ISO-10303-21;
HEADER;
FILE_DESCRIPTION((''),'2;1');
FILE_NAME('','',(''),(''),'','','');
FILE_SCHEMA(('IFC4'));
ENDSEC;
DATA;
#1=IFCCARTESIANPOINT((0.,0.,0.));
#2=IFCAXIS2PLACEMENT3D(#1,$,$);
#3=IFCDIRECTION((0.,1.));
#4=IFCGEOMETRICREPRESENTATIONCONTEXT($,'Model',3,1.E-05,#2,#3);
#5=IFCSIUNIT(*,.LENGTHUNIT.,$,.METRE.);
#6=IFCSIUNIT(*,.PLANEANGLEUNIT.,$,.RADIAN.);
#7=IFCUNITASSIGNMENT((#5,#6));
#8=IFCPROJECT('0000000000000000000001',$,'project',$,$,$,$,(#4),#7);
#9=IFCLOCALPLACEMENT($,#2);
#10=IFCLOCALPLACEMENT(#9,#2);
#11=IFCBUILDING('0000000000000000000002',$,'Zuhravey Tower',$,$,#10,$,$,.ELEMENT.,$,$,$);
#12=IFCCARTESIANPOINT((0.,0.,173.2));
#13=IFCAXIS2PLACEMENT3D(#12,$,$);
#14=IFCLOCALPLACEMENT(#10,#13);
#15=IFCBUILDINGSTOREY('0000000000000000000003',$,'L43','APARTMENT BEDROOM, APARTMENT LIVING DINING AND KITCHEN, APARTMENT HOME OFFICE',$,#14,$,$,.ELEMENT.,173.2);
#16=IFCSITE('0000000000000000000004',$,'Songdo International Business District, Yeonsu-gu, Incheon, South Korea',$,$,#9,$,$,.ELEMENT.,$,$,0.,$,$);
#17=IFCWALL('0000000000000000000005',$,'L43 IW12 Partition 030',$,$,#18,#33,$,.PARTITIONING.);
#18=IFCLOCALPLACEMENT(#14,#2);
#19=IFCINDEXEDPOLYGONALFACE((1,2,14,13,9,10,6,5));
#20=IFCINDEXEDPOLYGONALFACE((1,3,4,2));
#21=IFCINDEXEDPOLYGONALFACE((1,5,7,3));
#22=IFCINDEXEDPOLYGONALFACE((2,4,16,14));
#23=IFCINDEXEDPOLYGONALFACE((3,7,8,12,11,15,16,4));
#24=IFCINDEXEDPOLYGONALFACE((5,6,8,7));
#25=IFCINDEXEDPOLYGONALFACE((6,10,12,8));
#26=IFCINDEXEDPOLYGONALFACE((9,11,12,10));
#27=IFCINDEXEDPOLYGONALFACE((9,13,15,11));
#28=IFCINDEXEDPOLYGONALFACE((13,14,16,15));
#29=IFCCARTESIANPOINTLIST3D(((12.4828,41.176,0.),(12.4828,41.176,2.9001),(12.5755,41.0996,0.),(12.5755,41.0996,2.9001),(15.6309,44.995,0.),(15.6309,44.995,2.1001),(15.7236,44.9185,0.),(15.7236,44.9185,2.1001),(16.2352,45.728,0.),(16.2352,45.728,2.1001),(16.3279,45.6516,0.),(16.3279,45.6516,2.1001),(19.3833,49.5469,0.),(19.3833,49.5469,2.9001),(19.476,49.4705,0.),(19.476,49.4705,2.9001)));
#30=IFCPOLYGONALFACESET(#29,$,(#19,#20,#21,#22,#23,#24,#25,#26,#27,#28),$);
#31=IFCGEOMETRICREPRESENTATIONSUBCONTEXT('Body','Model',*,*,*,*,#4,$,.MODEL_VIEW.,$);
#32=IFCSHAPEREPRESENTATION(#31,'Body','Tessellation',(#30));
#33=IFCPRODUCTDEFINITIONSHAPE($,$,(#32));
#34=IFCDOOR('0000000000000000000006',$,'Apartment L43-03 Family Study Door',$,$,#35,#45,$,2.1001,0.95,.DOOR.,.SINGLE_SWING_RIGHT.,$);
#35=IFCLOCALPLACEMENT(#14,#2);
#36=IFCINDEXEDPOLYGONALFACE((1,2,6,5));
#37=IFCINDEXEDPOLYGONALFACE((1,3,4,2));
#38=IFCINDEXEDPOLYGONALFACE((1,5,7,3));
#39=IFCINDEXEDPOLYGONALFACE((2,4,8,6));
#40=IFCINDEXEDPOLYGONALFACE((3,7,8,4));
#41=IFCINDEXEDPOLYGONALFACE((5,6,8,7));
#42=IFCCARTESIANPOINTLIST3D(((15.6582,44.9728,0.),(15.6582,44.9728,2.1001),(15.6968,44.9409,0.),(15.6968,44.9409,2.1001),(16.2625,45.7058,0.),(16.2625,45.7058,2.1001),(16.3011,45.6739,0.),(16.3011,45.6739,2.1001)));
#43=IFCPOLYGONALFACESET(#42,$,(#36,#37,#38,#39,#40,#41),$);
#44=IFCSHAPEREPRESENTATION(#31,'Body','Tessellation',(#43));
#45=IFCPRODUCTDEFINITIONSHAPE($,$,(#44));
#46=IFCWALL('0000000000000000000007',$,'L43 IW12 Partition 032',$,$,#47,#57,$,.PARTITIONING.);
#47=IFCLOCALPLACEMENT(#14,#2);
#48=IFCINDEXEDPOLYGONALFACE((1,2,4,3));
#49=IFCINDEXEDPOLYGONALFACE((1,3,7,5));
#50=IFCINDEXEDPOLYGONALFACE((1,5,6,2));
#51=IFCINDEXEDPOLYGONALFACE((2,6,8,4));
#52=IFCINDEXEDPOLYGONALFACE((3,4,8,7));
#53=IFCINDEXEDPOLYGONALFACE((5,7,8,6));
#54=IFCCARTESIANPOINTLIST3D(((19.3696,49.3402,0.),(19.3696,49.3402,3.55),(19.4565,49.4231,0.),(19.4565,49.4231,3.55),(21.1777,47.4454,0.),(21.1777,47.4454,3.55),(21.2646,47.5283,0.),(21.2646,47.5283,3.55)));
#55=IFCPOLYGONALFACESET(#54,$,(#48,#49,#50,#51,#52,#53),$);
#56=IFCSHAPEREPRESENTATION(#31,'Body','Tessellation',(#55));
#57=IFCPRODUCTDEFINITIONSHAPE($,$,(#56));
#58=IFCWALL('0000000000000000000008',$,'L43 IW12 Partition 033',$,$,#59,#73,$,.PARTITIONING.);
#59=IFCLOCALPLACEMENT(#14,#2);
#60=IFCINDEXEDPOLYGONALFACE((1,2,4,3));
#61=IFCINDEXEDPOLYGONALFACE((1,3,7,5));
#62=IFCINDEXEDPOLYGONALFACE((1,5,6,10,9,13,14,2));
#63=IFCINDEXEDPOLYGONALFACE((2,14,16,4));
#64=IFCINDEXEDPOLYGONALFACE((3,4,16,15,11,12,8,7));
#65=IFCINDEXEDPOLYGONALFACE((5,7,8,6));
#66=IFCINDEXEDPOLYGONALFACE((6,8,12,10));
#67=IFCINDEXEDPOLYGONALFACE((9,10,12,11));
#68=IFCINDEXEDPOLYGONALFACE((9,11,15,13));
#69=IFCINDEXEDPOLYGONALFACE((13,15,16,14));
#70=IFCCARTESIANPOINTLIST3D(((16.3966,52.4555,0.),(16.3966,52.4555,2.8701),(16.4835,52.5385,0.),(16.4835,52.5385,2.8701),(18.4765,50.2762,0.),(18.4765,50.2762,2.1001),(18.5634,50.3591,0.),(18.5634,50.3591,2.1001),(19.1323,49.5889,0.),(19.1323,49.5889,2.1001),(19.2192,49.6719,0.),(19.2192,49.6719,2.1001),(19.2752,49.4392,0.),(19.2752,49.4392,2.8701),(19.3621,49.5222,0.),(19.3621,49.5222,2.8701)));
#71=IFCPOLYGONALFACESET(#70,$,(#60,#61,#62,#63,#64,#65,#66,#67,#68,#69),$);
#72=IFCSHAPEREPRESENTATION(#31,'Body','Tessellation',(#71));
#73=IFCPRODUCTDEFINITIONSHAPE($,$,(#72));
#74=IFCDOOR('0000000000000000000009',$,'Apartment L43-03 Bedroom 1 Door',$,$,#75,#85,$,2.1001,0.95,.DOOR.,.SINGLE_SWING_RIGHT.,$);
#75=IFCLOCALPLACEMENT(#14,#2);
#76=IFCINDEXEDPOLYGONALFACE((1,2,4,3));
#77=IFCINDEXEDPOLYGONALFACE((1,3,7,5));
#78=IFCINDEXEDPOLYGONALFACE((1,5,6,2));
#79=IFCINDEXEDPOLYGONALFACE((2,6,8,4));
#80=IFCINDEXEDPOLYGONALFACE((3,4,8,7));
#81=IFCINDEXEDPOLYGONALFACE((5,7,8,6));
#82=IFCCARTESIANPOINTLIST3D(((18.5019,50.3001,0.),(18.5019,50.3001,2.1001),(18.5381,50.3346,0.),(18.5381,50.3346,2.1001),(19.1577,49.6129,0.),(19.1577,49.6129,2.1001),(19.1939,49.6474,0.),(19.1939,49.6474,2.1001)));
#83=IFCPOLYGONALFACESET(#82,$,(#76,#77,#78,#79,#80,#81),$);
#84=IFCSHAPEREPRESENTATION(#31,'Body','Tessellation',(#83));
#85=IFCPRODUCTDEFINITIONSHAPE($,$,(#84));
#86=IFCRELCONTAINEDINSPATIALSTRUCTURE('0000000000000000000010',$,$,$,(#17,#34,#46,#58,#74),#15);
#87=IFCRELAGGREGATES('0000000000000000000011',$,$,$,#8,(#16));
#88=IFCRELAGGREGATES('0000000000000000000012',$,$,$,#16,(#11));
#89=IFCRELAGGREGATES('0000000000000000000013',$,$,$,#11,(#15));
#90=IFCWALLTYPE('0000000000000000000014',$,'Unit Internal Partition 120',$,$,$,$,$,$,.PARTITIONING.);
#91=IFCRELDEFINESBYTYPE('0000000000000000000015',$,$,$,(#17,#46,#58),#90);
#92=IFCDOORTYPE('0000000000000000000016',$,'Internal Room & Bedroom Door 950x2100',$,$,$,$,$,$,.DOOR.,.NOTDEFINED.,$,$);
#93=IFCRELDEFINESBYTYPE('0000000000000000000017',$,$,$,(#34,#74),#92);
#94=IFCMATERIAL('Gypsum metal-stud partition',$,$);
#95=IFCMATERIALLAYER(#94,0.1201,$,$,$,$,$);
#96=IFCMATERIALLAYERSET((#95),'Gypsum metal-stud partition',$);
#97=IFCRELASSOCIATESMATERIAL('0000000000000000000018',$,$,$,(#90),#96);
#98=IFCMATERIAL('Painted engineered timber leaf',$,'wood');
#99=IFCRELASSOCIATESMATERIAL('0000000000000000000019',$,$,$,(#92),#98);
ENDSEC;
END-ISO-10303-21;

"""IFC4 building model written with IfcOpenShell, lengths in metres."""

from ifc_helpers import new_model, si_unit, direction, frame, frame_2d, origin, place, context, subcontext, project, spatial, rectangle, extrude, material, layer, layer_set, type_object, element, fill, save


model = new_model("IFC4")

# Units and contexts
model_context = context("Model", 3, precision=1e-05, world=origin(), true_north=direction((0.0, 1.0)))
body_context = subcontext(model_context, "Body", "Model", "MODEL_VIEW")
ifc_project = project(units=[si_unit("LENGTHUNIT", "METRE"), si_unit("PLANEANGLEUNIT", "RADIAN")], contexts=[model_context])

# Site, building, storey
site_placement = place(None, origin())
site = spatial("IfcSite", under=ifc_project, at=site_placement, Name="Songdo International Business District, Yeonsu-gu, Incheon, South Korea", CompositionType="ELEMENT", RefElevation=0.0)
building_placement = place(site_placement, origin())
building = spatial("IfcBuilding", under=site, at=building_placement, Name="Zuhravey Tower", CompositionType="ELEMENT")
storey_placement = place(building_placement, frame((0.0, 0.0, 173.2)))
storey = spatial("IfcBuildingStorey", under=building, at=storey_placement, Name="L43", Description="APARTMENT BEDROOM, APARTMENT LIVING DINING AND KITCHEN, APARTMENT HOME OFFICE", CompositionType="ELEMENT", Elevation=173.2)

# Wall, opening, door
ifc_material_1 = material(Name="Gypsum metal-stud partition")
ifc_layer_1 = layer(ifc_material_1, 0.1201)
ifc_layer_set_1 = layer_set([ifc_layer_1], Name="Gypsum metal-stud partition")
wall_type_1 = type_object("IfcWallType", Name="Unit Internal Partition 120", PredefinedType="PARTITIONING", material=ifc_layer_set_1)
wall_1_placement = place(storey_placement, frame((19.4297, 49.5088, 0.0), z_axis=(0.0, 0.0, 1.0), x_axis=(-0.636078, -0.771625, 0.0)))
wall_1 = element("IfcWall", 1, at=wall_1_placement, inside=storey, type_object=wall_type_1, Name="L43 IW12 Partition 030", PredefinedType="PARTITIONING", context=body_context, shape_type="SweptSolid", body=[
    extrude(rectangle(XDim=10.8484, YDim=0.1201, at=frame_2d((5.4243, 0.0))), origin(), (0.0, 0.0, 1.0), 2.9001),
])
opening_1_placement = place(wall_1_placement, frame((4.9492, 0.0, 0.0)))
opening_1 = element("IfcOpeningElement", 2, at=opening_1_placement, cuts=wall_1, PredefinedType="OPENING", context=body_context, shape_type="SweptSolid", body=[
    extrude(rectangle(XDim=0.95, YDim=2.1001, at=frame_2d((0.4751, 1.05))), frame((0.0, 0.072, 0.0), z_axis=(0.0, -1.0, 0.0), x_axis=(1.0, 0.0, 0.0)), (0.0, 0.0, 1.0), 0.144),
])
ifc_material_2 = material(Name="Painted engineered timber leaf", Category="wood")
door_type = type_object("IfcDoorType", Name="Internal Room & Bedroom Door 950x2100", OperationType="NOTDEFINED", PredefinedType="DOOR", material=ifc_material_2)
door_1_placement = place(opening_1_placement, frame((0.95, 0.0, 0.0), z_axis=(0.0, 0.0, 1.0), x_axis=(-1.0, 0.0, 0.0)))
door_1 = element("IfcDoor", 3, at=door_1_placement, inside=storey, type_object=door_type, Name="Apartment L43-03 Family Study Door", OperationType="SINGLE_SWING_RIGHT", OverallHeight=2.1001, OverallWidth=0.95, PredefinedType="DOOR", context=body_context, shape_type="SweptSolid", body=[
    extrude(rectangle(XDim=0.95, YDim=2.1001, at=frame_2d((0.4751, 1.05))), frame((0.0, 0.0249, 0.0), z_axis=(0.0, -1.0, 0.0), x_axis=(1.0, 0.0, 0.0)), (0.0, 0.0, 1.0), 0.05),
])
fill(opening_1, door_1)

# Wall
wall_2_placement = place(storey_placement, frame((21.2212, 47.4868, 0.0), z_axis=(0.0, 0.0, 1.0), x_axis=(-0.690367, 0.723459, 0.0)))
element("IfcWall", 4, at=wall_2_placement, inside=storey, type_object=wall_type_1, Name="L43 IW12 Partition 032", PredefinedType="PARTITIONING", context=body_context, shape_type="SweptSolid", body=[
    extrude(rectangle(XDim=2.6191, YDim=0.1201, at=frame_2d((1.3096, 0.0))), origin(), (0.0, 0.0, 1.0), 3.55),
])

# Wall, opening, door
wall_3_placement = place(storey_placement, frame((19.3186, 49.4807, 0.0), z_axis=(0.0, 0.0, 1.0), x_axis=(-0.690402, 0.723426, 0.0)))
wall_3 = element("IfcWall", 5, at=wall_3_placement, inside=storey, type_object=wall_type_1, Name="L43 IW12 Partition 033", PredefinedType="PARTITIONING", context=body_context, shape_type="SweptSolid", body=[
    extrude(rectangle(XDim=4.1694, YDim=0.1201, at=frame_2d((2.0847, 0.0))), origin(), (0.0, 0.0, 1.0), 2.8701),
])
opening_2_placement = place(wall_3_placement, frame((0.2068, 0.0, 0.0)))
opening_2 = element("IfcOpeningElement", 6, at=opening_2_placement, cuts=wall_3, PredefinedType="OPENING", context=body_context, shape_type="SweptSolid", body=[
    extrude(rectangle(XDim=0.95, YDim=2.1001, at=frame_2d((0.4751, 1.05))), frame((0.0, 0.072, 0.0), z_axis=(0.0, -1.0, 0.0), x_axis=(1.0, 0.0, 0.0)), (0.0, 0.0, 1.0), 0.144),
])
door_2_placement = place(opening_2_placement, frame((0.95, 0.0, 0.0), z_axis=(0.0, 0.0, 1.0), x_axis=(-1.0, 0.0, 0.0)))
door_2 = element("IfcDoor", 7, at=door_2_placement, inside=storey, type_object=door_type, Name="Apartment L43-03 Bedroom 1 Door", OperationType="SINGLE_SWING_RIGHT", OverallHeight=2.1001, OverallWidth=0.95, PredefinedType="DOOR", context=body_context, shape_type="SweptSolid", body=[
    extrude(rectangle(XDim=0.95, YDim=2.1001, at=frame_2d((0.4751, 1.05))), frame((0.0, 0.0249, 0.0), z_axis=(0.0, -1.0, 0.0), x_axis=(1.0, 0.0, 0.0)), (0.0, 0.0, 1.0), 0.05),
])
fill(opening_2, door_2)

save(model, "model.ifc")
